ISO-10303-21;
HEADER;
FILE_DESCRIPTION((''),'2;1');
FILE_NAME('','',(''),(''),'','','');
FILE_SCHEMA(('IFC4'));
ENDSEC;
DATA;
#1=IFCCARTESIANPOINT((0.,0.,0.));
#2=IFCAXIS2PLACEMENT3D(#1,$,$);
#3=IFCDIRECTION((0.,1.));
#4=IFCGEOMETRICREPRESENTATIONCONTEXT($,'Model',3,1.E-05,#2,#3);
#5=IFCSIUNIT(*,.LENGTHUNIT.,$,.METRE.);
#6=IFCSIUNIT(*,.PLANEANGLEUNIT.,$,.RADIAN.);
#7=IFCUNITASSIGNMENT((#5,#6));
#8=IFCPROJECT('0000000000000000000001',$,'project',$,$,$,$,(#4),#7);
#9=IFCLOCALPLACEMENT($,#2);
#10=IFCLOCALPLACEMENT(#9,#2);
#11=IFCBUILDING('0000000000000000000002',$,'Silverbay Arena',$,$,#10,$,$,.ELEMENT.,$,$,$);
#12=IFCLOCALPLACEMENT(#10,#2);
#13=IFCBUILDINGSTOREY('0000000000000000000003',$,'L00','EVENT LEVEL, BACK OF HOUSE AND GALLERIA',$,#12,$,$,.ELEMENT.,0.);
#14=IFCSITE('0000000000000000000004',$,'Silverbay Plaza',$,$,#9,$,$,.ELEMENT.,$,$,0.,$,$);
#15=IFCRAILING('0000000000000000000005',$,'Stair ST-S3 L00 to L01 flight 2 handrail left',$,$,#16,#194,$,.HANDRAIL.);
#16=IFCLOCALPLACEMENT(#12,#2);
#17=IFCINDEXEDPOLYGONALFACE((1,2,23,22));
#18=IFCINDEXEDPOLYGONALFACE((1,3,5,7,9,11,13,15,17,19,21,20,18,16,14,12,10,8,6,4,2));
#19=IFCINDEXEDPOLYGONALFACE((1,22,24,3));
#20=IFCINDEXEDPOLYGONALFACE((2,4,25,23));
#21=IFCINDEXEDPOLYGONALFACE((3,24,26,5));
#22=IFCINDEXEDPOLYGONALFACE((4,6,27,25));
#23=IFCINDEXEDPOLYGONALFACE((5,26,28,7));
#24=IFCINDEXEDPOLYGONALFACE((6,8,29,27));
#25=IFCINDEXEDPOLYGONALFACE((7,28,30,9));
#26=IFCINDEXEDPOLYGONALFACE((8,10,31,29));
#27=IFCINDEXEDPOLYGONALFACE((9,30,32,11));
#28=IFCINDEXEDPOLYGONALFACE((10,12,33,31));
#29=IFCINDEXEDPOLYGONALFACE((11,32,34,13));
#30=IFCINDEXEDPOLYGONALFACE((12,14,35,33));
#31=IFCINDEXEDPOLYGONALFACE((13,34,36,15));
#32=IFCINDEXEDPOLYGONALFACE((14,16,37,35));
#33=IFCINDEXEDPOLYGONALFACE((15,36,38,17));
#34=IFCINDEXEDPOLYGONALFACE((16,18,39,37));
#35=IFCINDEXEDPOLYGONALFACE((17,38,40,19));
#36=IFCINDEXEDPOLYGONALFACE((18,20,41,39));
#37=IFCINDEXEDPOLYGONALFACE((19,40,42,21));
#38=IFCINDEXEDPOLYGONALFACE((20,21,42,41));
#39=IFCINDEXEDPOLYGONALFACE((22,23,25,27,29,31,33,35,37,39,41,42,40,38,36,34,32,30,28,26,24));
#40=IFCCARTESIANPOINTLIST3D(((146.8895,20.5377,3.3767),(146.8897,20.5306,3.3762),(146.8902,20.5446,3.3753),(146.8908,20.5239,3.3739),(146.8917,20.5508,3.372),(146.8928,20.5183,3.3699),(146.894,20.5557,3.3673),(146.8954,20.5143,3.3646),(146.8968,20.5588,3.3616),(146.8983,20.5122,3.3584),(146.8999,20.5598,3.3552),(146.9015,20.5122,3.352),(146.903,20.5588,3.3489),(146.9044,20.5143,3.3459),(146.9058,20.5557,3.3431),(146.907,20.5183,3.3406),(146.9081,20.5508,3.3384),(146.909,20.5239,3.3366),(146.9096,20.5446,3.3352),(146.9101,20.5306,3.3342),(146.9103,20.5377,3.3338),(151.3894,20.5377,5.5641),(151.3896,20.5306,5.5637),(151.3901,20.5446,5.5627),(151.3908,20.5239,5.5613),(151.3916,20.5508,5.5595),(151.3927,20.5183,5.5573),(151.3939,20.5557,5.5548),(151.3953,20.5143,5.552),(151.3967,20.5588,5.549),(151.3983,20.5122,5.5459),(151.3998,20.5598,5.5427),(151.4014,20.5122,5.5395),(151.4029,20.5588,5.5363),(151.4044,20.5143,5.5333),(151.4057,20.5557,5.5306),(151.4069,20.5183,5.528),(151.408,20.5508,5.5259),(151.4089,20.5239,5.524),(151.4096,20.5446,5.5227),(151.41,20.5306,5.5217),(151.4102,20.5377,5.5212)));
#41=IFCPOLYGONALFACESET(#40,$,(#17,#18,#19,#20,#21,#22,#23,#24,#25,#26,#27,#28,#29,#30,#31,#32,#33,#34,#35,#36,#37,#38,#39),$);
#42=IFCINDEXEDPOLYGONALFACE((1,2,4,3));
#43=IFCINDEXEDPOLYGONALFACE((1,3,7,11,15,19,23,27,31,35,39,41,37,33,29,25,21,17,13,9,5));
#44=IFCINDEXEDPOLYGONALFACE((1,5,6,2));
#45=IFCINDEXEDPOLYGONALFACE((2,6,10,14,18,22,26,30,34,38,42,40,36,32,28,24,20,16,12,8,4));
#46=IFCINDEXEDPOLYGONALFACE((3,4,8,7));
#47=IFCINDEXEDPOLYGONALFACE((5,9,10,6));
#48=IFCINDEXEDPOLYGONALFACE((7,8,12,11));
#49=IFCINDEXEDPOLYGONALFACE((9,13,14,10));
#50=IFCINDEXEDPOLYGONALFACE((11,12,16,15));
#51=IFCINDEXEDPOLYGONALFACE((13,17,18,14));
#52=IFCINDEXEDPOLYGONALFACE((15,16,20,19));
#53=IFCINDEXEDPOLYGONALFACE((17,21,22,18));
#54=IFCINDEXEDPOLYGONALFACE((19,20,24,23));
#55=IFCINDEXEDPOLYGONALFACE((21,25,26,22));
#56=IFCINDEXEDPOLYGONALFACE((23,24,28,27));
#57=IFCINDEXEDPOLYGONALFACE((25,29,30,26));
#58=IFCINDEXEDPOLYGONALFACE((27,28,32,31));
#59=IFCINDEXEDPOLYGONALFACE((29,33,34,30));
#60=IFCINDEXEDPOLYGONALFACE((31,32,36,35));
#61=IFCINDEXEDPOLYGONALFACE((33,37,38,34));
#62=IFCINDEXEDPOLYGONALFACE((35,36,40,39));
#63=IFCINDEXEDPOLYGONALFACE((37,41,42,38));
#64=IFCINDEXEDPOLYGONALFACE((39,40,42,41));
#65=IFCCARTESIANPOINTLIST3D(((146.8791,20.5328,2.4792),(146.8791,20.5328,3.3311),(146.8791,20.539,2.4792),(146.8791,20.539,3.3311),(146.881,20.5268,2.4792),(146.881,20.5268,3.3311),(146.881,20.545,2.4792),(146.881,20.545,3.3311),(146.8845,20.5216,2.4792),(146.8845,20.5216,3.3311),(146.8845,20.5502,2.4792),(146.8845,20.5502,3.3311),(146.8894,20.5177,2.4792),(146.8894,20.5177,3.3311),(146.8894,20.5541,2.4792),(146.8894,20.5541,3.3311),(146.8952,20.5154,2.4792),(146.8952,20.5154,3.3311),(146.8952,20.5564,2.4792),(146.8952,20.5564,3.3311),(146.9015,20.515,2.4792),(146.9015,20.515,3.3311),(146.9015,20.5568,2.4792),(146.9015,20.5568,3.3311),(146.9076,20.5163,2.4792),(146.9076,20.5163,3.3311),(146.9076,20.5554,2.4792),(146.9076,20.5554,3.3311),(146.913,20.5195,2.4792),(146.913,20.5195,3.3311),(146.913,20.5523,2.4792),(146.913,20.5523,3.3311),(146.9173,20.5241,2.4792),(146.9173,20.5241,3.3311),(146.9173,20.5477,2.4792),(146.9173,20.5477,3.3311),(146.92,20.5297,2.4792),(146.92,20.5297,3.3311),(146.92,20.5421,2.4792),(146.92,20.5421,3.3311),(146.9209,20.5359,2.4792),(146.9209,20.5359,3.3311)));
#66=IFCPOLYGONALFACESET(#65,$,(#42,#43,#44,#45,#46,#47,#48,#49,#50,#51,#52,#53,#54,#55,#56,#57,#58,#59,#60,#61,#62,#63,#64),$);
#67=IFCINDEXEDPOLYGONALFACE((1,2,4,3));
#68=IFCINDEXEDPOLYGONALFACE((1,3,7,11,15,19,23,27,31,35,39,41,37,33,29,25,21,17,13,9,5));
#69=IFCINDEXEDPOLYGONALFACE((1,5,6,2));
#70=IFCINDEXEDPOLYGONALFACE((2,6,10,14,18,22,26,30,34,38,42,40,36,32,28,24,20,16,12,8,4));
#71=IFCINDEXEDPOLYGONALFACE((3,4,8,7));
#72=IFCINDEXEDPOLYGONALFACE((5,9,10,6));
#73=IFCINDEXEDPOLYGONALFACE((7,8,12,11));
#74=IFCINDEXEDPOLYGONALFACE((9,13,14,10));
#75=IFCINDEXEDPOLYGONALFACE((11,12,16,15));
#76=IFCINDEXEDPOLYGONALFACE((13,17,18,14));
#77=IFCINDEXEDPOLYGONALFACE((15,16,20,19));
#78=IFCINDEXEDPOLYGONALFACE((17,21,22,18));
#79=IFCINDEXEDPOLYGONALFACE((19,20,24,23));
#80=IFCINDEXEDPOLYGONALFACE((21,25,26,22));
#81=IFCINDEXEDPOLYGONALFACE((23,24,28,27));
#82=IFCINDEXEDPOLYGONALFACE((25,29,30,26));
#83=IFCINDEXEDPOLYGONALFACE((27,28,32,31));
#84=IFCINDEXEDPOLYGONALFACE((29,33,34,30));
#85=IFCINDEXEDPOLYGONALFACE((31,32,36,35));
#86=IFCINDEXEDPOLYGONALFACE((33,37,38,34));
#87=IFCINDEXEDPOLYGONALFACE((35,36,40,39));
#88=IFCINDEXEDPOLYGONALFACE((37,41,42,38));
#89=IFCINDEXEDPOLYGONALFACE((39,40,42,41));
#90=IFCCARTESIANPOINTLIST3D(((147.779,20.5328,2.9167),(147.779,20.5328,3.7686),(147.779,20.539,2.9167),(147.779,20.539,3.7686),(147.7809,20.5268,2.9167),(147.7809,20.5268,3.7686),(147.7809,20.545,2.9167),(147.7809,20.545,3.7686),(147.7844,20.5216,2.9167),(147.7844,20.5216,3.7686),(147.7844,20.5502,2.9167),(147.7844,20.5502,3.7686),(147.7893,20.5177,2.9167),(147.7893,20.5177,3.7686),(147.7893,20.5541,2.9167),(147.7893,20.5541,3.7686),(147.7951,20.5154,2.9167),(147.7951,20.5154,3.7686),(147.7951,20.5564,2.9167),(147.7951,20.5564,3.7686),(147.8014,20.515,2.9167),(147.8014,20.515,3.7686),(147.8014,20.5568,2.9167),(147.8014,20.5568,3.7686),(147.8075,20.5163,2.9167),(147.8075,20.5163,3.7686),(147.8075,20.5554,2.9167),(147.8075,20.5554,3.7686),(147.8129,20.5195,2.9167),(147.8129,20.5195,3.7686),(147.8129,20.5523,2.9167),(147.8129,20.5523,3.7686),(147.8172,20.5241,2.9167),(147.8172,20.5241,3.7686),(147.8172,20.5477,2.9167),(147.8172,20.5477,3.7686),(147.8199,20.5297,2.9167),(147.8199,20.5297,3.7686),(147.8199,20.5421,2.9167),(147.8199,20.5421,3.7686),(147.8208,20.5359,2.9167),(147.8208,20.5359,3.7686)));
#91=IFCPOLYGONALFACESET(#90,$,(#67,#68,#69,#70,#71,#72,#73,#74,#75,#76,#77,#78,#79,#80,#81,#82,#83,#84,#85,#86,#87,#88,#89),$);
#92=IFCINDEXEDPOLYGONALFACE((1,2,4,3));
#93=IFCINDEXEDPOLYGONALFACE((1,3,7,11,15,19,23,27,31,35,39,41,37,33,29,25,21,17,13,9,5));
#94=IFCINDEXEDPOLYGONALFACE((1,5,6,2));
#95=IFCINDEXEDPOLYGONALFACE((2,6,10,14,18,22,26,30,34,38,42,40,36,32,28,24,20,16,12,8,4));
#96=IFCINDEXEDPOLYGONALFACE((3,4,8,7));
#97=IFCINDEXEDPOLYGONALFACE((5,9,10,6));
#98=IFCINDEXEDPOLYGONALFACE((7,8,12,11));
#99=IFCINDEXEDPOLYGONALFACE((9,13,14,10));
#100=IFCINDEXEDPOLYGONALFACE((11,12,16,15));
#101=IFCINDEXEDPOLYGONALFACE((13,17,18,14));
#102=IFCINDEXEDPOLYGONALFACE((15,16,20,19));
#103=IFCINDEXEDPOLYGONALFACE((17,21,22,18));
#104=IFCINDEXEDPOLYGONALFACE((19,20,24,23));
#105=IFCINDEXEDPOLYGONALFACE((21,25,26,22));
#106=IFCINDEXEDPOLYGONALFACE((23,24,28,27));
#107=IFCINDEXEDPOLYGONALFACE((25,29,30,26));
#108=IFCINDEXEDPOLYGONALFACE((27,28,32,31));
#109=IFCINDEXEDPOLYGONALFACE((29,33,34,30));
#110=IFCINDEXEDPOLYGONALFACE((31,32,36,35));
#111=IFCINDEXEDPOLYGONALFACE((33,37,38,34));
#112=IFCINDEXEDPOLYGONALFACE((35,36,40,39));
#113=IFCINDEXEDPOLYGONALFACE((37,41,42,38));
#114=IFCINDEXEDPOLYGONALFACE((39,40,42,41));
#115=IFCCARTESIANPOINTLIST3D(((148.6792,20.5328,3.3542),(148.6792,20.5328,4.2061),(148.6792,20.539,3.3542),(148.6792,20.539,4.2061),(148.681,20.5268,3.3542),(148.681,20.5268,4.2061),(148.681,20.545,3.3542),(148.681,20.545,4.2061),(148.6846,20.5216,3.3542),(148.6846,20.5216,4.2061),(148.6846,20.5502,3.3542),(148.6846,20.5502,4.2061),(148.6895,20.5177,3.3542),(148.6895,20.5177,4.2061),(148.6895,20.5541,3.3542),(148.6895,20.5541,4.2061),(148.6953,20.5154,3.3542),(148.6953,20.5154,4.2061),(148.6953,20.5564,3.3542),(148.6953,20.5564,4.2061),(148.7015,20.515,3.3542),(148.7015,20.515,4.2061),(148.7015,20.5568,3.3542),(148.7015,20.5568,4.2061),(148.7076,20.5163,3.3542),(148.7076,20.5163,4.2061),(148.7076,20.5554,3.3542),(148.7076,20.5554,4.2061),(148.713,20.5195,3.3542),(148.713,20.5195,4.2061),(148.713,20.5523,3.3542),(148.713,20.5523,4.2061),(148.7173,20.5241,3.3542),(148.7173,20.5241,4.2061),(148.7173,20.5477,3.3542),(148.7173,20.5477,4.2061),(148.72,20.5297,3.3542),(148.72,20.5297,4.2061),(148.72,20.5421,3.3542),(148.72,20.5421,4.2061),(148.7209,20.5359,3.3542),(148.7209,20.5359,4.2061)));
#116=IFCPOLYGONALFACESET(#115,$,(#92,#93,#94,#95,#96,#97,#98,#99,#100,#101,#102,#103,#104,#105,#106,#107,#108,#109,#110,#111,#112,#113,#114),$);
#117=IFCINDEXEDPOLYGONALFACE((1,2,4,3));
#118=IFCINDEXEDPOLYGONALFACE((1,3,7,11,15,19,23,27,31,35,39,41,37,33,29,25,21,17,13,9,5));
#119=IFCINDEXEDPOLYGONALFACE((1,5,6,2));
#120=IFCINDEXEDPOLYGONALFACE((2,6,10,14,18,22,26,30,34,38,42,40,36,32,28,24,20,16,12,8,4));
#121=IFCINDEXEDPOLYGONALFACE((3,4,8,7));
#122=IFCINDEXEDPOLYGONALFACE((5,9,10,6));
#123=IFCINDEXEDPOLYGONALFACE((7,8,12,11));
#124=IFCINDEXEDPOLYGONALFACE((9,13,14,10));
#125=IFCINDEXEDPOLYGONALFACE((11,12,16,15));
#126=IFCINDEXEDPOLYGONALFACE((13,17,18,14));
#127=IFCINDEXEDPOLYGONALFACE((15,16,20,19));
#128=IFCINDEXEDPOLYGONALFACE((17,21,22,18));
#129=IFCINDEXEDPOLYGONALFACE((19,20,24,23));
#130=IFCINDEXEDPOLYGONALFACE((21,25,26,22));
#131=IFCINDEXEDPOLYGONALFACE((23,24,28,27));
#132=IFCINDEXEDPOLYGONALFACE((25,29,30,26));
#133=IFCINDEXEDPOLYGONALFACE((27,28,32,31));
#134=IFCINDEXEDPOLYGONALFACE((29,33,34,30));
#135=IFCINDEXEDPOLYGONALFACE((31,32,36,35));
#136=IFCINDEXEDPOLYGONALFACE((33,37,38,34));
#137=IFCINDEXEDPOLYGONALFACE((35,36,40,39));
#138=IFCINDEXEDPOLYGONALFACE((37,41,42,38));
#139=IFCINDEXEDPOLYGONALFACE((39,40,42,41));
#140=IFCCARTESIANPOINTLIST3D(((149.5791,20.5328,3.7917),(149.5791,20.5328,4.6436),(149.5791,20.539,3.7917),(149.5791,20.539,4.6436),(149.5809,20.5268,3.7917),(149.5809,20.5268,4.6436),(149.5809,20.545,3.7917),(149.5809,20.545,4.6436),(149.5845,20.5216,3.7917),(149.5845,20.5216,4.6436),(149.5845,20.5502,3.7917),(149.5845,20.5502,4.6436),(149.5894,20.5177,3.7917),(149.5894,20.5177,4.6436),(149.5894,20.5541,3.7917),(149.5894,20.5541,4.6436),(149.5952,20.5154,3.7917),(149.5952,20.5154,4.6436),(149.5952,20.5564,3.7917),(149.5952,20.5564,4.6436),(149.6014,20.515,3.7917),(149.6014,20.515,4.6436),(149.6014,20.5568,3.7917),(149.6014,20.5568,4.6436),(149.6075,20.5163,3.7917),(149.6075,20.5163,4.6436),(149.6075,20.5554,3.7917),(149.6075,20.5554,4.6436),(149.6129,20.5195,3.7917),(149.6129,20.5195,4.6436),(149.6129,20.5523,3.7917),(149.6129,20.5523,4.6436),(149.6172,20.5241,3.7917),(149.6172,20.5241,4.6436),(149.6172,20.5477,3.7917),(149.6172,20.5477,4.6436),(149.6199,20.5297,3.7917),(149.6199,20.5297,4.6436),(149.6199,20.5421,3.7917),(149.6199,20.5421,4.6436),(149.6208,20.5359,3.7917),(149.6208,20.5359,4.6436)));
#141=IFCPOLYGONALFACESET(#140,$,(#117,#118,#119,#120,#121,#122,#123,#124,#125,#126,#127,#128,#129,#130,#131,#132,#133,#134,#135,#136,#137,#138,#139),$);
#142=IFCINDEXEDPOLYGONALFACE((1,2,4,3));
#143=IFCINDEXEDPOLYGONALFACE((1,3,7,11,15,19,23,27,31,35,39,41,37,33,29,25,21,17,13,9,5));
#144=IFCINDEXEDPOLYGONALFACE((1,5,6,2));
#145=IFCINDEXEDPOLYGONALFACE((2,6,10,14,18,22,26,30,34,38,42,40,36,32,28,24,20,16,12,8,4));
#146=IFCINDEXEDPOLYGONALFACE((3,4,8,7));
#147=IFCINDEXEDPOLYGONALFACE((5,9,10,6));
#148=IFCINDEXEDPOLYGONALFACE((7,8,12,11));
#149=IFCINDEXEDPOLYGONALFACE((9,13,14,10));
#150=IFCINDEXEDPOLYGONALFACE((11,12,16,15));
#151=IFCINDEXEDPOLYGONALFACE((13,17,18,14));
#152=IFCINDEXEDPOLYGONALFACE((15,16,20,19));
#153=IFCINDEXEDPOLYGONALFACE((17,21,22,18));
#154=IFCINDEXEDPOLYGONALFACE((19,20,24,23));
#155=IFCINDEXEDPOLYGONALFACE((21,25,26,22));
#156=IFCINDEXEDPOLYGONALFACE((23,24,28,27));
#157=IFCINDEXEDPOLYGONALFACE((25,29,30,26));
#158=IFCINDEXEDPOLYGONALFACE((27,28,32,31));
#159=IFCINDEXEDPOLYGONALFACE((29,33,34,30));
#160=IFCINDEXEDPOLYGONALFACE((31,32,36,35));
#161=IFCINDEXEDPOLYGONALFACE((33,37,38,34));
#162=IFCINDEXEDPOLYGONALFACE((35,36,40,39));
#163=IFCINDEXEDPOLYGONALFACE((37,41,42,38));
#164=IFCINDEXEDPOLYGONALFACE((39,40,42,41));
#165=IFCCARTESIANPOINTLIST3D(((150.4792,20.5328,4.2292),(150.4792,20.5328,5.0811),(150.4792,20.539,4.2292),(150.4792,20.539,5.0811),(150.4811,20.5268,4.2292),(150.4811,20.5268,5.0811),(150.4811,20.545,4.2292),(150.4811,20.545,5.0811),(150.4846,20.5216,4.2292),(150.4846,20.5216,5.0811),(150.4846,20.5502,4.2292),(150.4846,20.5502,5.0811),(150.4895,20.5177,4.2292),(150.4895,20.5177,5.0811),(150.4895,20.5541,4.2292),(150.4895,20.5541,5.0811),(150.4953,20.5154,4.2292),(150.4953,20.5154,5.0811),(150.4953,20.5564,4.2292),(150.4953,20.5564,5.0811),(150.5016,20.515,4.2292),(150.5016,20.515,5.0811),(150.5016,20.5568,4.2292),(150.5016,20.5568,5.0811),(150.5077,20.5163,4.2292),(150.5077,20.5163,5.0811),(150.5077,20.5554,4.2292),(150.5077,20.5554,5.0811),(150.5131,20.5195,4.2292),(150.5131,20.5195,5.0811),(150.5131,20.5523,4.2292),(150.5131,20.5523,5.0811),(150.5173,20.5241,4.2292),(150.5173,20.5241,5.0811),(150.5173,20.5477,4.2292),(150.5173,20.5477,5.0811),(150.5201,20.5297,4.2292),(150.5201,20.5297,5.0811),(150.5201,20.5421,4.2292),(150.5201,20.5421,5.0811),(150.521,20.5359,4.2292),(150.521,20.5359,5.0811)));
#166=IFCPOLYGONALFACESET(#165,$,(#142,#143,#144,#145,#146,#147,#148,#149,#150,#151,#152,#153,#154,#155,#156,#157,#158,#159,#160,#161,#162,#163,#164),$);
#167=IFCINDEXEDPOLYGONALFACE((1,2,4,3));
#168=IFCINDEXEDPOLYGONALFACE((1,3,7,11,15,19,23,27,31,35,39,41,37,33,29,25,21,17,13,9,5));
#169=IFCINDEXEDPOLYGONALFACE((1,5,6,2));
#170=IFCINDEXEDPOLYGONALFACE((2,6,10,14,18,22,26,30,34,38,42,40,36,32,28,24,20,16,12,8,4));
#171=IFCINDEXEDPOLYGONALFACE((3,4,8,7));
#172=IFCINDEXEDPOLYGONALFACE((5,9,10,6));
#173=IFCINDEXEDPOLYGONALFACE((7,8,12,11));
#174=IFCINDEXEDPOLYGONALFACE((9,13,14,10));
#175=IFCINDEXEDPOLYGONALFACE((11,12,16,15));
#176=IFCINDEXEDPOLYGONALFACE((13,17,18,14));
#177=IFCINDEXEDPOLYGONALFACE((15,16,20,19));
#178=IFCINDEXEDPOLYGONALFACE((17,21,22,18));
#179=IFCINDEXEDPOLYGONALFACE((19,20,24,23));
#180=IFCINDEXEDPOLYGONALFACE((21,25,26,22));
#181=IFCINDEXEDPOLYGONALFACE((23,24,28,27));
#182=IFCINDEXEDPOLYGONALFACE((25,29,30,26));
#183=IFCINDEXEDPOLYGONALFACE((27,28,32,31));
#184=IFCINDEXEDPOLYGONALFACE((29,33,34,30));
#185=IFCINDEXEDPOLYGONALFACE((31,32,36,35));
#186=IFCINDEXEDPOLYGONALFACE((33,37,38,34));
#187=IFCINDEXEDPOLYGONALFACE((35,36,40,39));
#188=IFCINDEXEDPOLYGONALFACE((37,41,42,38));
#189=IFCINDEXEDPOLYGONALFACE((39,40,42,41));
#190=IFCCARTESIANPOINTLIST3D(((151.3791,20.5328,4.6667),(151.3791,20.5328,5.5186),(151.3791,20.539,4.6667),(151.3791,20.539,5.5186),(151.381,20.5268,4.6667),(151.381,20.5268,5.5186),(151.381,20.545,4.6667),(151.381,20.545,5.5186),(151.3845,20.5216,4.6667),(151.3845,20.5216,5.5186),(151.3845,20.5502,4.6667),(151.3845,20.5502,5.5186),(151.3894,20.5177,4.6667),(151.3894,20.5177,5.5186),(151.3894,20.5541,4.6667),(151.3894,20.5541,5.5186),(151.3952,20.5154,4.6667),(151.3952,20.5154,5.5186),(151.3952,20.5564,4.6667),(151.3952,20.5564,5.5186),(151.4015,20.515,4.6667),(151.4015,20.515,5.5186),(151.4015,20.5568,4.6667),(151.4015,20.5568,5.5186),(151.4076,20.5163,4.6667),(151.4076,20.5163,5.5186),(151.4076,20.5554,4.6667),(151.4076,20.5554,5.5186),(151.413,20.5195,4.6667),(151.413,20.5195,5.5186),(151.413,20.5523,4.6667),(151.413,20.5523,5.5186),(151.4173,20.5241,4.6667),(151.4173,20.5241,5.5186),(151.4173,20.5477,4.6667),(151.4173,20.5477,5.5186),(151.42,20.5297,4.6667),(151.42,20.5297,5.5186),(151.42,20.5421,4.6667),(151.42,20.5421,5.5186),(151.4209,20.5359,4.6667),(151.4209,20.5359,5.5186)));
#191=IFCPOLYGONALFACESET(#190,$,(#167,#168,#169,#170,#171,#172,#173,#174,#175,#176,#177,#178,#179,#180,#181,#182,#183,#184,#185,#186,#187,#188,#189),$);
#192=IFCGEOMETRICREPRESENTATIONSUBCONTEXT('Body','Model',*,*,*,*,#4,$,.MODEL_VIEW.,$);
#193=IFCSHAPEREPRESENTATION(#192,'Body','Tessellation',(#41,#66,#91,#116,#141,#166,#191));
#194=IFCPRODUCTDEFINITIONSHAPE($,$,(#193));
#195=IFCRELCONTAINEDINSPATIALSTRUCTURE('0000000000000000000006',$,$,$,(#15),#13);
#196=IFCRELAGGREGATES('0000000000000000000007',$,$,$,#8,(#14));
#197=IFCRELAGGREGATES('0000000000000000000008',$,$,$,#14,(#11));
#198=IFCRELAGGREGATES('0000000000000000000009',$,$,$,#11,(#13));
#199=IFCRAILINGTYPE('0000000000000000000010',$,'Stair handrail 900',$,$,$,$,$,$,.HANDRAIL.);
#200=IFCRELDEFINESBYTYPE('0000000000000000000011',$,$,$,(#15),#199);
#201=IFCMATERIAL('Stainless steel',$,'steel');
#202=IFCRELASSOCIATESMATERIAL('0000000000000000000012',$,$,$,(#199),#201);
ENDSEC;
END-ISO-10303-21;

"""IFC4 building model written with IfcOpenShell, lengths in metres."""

from ifc_helpers import new_model, si_unit, direction, frame, origin, origin_2d, place, context, subcontext, project, spatial, circle, extrude, material, type_object, element, save


model = new_model("IFC4")

# Units and contexts
model_context = context("Model", 3, precision=1e-05, world=origin(), true_north=direction((0.0, 1.0)))
body_context = subcontext(model_context, "Body", "Model", "MODEL_VIEW")
ifc_project = project(units=[si_unit("LENGTHUNIT", "METRE"), si_unit("PLANEANGLEUNIT", "RADIAN")], contexts=[model_context])

# Site, building, storey
site_placement = place(None, origin())
site = spatial("IfcSite", under=ifc_project, at=site_placement, Name="Silverbay Plaza", CompositionType="ELEMENT", RefElevation=0.0)
building_placement = place(site_placement, origin())
building = spatial("IfcBuilding", under=site, at=building_placement, Name="Silverbay Arena", CompositionType="ELEMENT")
storey_placement = place(building_placement, origin())
storey = spatial("IfcBuildingStorey", under=building, at=storey_placement, Name="L00", Description="EVENT LEVEL, BACK OF HOUSE AND GALLERIA", CompositionType="ELEMENT", Elevation=0.0)

# Railing
ifc_material_1 = material(Name="Stainless steel", Category="steel")
railing_type_1 = type_object("IfcRailingType", Name="Stair handrail 900", PredefinedType="HANDRAIL", material=ifc_material_1)
for number, where, name in (
    (1, (146.8999, 20.5359, 2.4792), "Stair ST-S3 L00 to L01 flight 2 handrail left"),
):
    element("IfcRailing", number, at=place(storey_placement, frame(where)), inside=storey, type_object=railing_type_1, Name=name, PredefinedType="HANDRAIL", context=body_context, shape_type="SweptSolid", body=[
        extrude(circle(Radius=0.0239, at=origin_2d()), frame((0.0, 0.0, 0.876), z_axis=(0.899368, 0.0, 0.437193), x_axis=(0.0, 1.0, 0.0)), (0.0, 0.0, 1.0), 5.0034),
        extrude(circle(Radius=0.021, at=origin_2d()), origin(), (0.0, 0.0, 1.0), 0.8518),
        extrude(circle(Radius=0.021, at=origin_2d()), frame((0.8999, 0.0, 0.4375)), (0.0, 0.0, 1.0), 0.8518),
        extrude(circle(Radius=0.021, at=origin_2d()), frame((1.8, 0.0, 0.875)), (0.0, 0.0, 1.0), 0.8518),
        extrude(circle(Radius=0.021, at=origin_2d()), frame((2.7, 0.0, 1.3125)), (0.0, 0.0, 1.0), 0.8518),
        extrude(circle(Radius=0.021, at=origin_2d()), frame((3.6001, 0.0, 1.75)), (0.0, 0.0, 1.0), 0.8518),
        extrude(circle(Radius=0.021, at=origin_2d()), frame((4.5, 0.0, 2.1875)), (0.0, 0.0, 1.0), 0.8518),
    ])

save(model, "model.ifc")
